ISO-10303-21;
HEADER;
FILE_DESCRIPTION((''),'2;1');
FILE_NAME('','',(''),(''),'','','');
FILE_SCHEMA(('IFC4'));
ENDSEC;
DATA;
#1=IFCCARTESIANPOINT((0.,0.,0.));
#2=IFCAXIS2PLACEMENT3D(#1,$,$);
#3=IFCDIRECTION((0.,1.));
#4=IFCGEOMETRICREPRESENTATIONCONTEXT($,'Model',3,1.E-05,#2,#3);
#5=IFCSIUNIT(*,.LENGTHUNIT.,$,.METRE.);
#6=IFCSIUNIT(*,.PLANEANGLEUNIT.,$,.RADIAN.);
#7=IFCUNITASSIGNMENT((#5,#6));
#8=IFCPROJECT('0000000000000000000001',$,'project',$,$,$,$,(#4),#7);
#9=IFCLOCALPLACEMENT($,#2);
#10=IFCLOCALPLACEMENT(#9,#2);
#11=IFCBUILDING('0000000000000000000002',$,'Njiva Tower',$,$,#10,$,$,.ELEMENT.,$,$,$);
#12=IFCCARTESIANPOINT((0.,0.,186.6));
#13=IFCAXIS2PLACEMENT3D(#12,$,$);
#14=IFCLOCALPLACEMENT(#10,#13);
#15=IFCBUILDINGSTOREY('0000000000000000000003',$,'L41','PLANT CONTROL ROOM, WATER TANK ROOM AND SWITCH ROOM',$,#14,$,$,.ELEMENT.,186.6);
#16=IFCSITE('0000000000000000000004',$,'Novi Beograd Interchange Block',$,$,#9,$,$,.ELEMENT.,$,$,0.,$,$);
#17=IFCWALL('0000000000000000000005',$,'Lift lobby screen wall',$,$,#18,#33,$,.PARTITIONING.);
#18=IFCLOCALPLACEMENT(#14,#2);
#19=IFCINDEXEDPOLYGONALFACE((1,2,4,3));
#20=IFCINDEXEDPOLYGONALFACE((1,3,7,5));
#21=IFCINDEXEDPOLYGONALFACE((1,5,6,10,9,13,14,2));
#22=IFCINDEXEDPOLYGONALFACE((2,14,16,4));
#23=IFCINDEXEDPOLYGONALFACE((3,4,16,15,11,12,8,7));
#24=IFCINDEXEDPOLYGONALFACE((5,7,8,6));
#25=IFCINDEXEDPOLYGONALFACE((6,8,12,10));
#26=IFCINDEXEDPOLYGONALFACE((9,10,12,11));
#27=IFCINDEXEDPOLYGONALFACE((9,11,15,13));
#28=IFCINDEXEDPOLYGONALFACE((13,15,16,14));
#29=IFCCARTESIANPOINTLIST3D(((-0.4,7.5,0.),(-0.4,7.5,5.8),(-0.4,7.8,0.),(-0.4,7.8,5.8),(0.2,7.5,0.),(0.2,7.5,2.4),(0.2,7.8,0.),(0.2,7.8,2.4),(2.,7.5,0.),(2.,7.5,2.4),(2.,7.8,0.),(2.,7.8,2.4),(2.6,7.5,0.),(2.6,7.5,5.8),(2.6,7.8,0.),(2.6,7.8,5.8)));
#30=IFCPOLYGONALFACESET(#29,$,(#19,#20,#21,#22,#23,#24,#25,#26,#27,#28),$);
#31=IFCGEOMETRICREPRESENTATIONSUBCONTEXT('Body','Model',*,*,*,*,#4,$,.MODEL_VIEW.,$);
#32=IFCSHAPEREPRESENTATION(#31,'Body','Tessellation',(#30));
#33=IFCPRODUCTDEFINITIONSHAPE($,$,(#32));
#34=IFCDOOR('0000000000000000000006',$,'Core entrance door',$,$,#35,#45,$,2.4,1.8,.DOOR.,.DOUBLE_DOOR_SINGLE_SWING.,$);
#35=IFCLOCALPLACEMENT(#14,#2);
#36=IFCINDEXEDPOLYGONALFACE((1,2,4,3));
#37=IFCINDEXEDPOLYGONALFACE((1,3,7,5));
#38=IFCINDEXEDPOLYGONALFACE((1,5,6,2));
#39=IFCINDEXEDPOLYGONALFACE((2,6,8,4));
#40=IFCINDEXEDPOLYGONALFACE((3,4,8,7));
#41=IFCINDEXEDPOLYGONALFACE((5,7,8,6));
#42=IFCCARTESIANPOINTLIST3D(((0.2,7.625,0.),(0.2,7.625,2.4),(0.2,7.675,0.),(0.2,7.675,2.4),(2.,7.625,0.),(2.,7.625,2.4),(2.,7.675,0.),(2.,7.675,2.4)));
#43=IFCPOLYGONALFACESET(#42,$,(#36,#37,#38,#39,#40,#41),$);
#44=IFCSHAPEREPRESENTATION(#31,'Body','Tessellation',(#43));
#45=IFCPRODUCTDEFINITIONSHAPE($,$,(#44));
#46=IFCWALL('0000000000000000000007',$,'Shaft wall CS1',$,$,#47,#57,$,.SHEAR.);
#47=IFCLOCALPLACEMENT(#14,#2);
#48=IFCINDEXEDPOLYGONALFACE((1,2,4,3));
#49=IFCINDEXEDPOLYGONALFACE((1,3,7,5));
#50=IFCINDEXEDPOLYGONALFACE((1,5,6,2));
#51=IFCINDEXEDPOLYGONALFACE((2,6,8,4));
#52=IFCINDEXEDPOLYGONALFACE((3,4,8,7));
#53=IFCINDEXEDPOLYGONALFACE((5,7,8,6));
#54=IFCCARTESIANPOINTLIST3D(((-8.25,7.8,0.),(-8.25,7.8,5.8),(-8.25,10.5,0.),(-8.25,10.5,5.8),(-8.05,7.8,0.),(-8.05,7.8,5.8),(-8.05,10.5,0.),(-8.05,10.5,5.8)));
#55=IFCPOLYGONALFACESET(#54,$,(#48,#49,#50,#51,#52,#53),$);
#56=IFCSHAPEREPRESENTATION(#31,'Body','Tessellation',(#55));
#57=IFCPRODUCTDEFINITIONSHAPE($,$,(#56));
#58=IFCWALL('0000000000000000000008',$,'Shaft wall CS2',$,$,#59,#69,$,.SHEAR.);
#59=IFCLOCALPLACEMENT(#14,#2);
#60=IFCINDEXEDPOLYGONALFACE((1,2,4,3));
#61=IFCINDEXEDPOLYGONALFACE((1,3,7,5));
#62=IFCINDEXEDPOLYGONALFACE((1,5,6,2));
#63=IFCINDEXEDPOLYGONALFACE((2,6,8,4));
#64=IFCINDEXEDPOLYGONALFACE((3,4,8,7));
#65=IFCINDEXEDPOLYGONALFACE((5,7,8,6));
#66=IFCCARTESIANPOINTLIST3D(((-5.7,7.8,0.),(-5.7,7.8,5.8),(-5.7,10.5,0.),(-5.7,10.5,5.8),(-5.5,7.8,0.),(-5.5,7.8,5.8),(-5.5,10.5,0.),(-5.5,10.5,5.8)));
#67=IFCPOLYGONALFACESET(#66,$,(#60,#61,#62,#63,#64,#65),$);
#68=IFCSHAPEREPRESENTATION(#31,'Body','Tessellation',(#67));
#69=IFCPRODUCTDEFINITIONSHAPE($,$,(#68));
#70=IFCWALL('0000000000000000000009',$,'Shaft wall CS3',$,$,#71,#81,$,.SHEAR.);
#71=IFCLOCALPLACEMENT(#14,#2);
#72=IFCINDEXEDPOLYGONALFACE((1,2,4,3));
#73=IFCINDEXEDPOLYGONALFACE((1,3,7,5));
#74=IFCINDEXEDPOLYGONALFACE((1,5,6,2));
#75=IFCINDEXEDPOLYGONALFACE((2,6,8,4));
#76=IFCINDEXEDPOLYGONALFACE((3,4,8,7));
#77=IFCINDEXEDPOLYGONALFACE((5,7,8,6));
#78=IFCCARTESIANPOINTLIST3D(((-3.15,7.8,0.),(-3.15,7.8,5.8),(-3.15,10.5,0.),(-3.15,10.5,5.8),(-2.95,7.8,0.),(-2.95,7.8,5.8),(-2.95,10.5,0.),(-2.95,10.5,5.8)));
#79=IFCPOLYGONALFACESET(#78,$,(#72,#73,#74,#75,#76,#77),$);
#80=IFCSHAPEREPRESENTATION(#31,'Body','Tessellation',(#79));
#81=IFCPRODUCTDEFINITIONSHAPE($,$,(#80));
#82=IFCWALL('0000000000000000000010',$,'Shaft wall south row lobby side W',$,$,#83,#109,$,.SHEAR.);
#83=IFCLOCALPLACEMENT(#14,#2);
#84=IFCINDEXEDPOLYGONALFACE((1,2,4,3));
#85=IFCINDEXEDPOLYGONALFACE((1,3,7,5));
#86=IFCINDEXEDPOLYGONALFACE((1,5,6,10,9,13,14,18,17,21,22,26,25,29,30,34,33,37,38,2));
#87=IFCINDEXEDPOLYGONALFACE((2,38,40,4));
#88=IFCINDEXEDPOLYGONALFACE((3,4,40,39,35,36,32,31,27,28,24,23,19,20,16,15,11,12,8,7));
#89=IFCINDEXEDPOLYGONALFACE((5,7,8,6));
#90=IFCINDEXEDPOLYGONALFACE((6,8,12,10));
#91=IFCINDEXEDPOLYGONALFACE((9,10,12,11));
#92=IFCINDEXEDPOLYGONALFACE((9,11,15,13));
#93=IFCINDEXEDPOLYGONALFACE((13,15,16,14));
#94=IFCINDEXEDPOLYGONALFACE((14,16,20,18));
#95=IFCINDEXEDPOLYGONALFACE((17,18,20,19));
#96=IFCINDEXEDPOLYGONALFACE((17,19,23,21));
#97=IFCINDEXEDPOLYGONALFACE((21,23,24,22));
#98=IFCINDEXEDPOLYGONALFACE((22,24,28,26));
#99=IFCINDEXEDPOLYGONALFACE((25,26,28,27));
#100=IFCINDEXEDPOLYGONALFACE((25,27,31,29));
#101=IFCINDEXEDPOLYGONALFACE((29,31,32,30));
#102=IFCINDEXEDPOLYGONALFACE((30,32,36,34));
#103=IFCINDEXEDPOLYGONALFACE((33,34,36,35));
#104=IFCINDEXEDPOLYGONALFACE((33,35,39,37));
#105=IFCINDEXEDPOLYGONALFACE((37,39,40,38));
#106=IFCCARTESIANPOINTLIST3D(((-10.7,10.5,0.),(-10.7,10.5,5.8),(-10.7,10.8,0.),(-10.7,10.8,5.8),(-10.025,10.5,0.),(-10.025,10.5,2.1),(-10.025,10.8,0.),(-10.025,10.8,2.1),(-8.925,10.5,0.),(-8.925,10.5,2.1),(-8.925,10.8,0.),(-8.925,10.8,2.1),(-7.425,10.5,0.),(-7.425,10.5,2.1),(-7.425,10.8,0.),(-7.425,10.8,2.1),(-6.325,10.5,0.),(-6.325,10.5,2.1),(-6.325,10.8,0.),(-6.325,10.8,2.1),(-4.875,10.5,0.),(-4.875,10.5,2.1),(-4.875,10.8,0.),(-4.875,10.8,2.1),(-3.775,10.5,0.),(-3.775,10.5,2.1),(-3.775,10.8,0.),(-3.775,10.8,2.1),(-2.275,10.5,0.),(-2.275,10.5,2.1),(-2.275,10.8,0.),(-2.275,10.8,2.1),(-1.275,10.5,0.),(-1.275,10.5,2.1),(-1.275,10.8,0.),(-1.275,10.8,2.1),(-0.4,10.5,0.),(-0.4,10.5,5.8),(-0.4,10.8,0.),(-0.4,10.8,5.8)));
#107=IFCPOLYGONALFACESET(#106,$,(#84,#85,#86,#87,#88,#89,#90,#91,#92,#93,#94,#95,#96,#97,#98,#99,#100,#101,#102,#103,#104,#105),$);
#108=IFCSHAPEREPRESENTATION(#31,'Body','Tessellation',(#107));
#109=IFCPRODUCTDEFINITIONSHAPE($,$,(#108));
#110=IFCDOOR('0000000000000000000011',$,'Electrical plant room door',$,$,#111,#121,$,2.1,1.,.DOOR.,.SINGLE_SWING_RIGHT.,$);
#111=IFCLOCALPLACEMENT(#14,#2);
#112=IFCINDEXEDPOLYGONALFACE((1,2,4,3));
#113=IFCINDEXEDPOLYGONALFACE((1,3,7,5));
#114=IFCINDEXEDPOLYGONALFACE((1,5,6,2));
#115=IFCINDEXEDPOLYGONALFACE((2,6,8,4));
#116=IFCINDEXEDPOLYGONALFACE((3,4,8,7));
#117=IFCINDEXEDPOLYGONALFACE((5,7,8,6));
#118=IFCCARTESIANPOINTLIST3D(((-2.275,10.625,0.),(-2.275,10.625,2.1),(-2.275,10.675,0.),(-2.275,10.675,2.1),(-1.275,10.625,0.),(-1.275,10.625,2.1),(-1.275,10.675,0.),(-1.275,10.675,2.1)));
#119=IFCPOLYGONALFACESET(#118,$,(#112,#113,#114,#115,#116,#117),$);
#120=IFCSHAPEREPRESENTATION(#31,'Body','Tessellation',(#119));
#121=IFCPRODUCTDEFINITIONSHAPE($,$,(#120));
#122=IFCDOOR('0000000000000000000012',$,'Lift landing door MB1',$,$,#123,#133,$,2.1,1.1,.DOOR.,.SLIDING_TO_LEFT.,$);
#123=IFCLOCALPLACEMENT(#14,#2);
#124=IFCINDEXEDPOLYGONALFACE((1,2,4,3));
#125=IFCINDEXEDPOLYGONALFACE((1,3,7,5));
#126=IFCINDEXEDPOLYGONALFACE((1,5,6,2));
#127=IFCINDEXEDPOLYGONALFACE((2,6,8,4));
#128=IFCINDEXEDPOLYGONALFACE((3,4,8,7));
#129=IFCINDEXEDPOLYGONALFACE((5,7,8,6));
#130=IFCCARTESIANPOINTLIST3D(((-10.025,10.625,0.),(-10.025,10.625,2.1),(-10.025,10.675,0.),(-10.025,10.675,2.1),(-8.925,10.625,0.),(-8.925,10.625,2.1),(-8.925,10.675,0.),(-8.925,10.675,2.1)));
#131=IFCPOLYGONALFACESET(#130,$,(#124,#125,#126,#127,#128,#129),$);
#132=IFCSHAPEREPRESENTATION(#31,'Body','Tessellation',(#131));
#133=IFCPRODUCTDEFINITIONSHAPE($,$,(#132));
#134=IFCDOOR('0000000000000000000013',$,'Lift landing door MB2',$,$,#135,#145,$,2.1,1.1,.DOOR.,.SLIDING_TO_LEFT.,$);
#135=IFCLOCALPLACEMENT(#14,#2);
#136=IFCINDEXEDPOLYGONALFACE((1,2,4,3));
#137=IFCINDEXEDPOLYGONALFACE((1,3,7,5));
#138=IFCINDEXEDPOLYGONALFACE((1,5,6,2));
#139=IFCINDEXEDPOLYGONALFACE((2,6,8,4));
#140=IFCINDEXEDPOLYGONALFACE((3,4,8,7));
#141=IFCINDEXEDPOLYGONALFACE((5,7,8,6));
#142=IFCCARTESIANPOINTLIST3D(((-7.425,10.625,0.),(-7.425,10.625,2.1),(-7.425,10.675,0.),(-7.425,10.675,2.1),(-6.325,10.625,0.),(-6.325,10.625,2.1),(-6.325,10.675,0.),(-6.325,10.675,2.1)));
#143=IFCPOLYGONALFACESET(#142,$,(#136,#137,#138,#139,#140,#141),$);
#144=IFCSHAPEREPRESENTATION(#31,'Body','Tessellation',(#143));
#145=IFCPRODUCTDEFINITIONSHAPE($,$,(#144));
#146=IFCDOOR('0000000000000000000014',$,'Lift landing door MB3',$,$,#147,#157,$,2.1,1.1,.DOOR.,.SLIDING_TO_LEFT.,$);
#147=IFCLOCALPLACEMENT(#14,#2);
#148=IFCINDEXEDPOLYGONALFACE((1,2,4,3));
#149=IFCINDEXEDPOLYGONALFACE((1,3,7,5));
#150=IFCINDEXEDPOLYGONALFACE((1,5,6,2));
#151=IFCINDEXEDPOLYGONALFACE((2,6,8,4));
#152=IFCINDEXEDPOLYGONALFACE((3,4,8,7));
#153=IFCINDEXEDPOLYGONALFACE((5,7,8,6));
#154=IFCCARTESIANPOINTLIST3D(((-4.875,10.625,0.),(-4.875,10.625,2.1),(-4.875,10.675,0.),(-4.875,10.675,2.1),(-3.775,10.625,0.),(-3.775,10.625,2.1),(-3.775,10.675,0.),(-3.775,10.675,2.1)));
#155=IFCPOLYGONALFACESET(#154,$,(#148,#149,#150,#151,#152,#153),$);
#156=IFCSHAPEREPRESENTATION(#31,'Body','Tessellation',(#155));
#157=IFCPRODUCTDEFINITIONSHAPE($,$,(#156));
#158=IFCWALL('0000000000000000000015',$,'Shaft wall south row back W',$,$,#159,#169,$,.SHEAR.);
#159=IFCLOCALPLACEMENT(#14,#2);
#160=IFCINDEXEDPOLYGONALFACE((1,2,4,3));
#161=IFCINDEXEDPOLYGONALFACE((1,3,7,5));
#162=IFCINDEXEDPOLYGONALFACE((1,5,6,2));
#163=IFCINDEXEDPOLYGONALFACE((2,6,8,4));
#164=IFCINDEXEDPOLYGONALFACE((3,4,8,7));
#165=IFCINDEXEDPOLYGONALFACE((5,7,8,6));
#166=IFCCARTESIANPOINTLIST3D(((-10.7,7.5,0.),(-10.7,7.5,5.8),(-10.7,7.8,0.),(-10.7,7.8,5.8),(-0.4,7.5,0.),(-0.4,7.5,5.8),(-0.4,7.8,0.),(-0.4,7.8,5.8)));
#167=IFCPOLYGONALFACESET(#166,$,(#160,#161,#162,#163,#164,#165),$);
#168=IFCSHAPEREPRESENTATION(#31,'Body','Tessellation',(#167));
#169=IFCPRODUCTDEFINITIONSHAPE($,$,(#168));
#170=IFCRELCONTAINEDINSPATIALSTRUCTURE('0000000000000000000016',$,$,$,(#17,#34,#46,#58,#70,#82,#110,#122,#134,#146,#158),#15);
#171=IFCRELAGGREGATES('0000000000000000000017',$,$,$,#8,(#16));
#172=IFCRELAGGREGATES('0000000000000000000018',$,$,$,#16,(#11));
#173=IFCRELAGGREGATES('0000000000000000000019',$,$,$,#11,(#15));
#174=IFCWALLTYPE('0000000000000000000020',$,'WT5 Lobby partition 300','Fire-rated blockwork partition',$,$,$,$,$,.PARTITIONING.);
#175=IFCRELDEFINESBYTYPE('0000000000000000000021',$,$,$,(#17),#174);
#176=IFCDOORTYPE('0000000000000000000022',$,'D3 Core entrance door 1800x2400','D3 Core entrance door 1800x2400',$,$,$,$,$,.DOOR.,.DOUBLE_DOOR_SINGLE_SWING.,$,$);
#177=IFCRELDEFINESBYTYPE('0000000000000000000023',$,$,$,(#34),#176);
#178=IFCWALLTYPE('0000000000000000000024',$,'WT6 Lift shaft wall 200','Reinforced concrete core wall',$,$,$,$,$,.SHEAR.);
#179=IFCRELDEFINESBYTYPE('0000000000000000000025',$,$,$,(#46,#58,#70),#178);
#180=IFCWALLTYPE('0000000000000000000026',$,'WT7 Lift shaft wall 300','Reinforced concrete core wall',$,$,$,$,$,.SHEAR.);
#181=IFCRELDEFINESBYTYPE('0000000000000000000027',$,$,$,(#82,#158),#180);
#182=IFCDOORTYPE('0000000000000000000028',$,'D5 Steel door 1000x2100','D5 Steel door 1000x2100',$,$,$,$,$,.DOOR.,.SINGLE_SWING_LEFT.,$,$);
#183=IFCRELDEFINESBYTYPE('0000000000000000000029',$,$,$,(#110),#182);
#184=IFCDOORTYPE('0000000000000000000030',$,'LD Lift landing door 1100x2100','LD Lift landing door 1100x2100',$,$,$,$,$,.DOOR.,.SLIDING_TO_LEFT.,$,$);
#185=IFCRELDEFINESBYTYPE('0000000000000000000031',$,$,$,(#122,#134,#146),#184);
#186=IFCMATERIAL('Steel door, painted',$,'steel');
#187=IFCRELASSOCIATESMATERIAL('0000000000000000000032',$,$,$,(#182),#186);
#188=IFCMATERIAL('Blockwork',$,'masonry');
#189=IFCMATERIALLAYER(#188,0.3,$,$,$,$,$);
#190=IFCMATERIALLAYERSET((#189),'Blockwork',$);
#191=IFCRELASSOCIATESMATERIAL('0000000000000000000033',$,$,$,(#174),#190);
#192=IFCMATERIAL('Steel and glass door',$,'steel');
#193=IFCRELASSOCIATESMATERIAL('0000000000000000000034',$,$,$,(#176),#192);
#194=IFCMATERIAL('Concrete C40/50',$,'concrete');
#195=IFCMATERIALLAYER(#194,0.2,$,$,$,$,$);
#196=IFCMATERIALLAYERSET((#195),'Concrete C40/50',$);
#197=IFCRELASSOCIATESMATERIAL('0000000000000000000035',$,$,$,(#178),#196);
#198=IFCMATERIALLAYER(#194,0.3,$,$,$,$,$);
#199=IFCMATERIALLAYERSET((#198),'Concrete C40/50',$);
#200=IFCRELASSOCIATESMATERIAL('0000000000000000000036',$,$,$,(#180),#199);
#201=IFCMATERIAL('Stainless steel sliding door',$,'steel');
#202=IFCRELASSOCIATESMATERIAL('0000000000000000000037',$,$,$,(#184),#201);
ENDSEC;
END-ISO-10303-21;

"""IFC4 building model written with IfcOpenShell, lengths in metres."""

from ifc_helpers import new_model, si_unit, direction, frame, frame_2d, origin, place, context, subcontext, project, spatial, rectangle, extrude, material, layer, layer_set, type_object, element, fill, save


model = new_model("IFC4")

# Units and contexts
model_context = context("Model", 3, precision=1e-05, world=origin(), true_north=direction((0.0, 1.0)))
body_context = subcontext(model_context, "Body", "Model", "MODEL_VIEW")
ifc_project = project(units=[si_unit("LENGTHUNIT", "METRE"), si_unit("PLANEANGLEUNIT", "RADIAN")], contexts=[model_context])

# Site, building, storey
site_placement = place(None, origin())
site = spatial("IfcSite", under=ifc_project, at=site_placement, Name="Novi Beograd Interchange Block", CompositionType="ELEMENT", RefElevation=0.0)
building_placement = place(site_placement, origin())
building = spatial("IfcBuilding", under=site, at=building_placement, Name="Njiva Tower", CompositionType="ELEMENT")
storey_placement = place(building_placement, frame((0.0, 0.0, 186.6)))
storey = spatial("IfcBuildingStorey", under=building, at=storey_placement, Name="L41", Description="PLANT CONTROL ROOM, WATER TANK ROOM AND SWITCH ROOM", CompositionType="ELEMENT", Elevation=186.6)

# Shared definitions
ifc_material_1 = material(Name="Blockwork", Category="masonry")

# Shared definitions
ifc_material_2 = material(Name="Concrete C40/50", Category="concrete")
ifc_material_3 = material(Name="Steel door, painted", Category="steel")
door_type_1 = type_object("IfcDoorType", Name="D5 Steel door 1000x2100", Description="D5 Steel door 1000x2100", OperationType="SINGLE_SWING_LEFT", PredefinedType="DOOR", material=ifc_material_3)

# Wall, opening, door
ifc_layer_1 = layer(ifc_material_1, 0.3)
ifc_layer_set_1 = layer_set([ifc_layer_1], Name="Blockwork")
wall_type_1 = type_object("IfcWallType", Name="WT5 Lobby partition 300", Description="Fire-rated blockwork partition", PredefinedType="PARTITIONING", material=ifc_layer_set_1)
wall_1_placement = place(storey_placement, frame((-0.4, 7.65, 0.0), z_axis=(0.0, 0.0, 1.0), x_axis=(1.0, 0.0, 0.0)))
wall_1 = element("IfcWall", 1, at=wall_1_placement, inside=storey, type_object=wall_type_1, Name="Lift lobby screen wall", PredefinedType="PARTITIONING", context=body_context, shape_type="SweptSolid", body=[
    extrude(rectangle(XDim=3.0, YDim=0.3, at=frame_2d((1.5, 0.0))), origin(), (0.0, 0.0, 1.0), 5.8),
])
opening_1_placement = place(wall_1_placement, frame((0.6, 0.0, 0.0)))
opening_1 = element("IfcOpeningElement", 2, at=opening_1_placement, cuts=wall_1, PredefinedType="OPENING", context=body_context, shape_type="SweptSolid", body=[
    extrude(rectangle(XDim=1.8, YDim=2.4, at=frame_2d((0.9, 1.2))), frame((0.0, 0.16, 0.0), z_axis=(0.0, -1.0, 0.0), x_axis=(1.0, 0.0, 0.0)), (0.0, 0.0, 1.0), 0.32),
])
ifc_material_4 = material(Name="Steel and glass door", Category="steel")
door_type_2 = type_object("IfcDoorType", Name="D3 Core entrance door 1800x2400", Description="D3 Core entrance door 1800x2400", OperationType="DOUBLE_DOOR_SINGLE_SWING", PredefinedType="DOOR", material=ifc_material_4)
door_1_placement = place(opening_1_placement, origin())
door_1 = element("IfcDoor", 3, at=door_1_placement, inside=storey, type_object=door_type_2, Name="Core entrance door", OperationType="DOUBLE_DOOR_SINGLE_SWING", OverallHeight=2.4, OverallWidth=1.8, PredefinedType="DOOR", context=body_context, shape_type="SweptSolid", body=[
    extrude(rectangle(XDim=1.8, YDim=2.4, at=frame_2d((0.9, 1.2))), frame((0.0, 0.025, 0.0), z_axis=(0.0, -1.0, 0.0), x_axis=(1.0, 0.0, 0.0)), (0.0, 0.0, 1.0), 0.05),
])
fill(opening_1, door_1)

# Walls
ifc_layer_2 = layer(ifc_material_2, 0.2)
ifc_layer_set_2 = layer_set([ifc_layer_2], Name="Concrete C40/50")
wall_type_2 = type_object("IfcWallType", Name="WT6 Lift shaft wall 200", Description="Reinforced concrete core wall", PredefinedType="SHEAR", material=ifc_layer_set_2)
for number, where, z_axis, x_axis, name in (
    (4, (-8.15, 7.8, 0.0), (0.0, 0.0, 1.0), (0.0, 1.0, 0.0), "Shaft wall CS1"),
    (5, (-5.6, 7.8, 0.0), (0.0, 0.0, 1.0), (0.0, 1.0, 0.0), "Shaft wall CS2"),
    (6, (-3.05, 7.8, 0.0), (0.0, 0.0, 1.0), (0.0, 1.0, 0.0), "Shaft wall CS3"),
):
    element("IfcWall", number, at=place(storey_placement, frame(where, z_axis=z_axis, x_axis=x_axis)), inside=storey, type_object=wall_type_2, Name=name, PredefinedType="SHEAR", context=body_context, shape_type="SweptSolid", body=[
        extrude(rectangle(XDim=2.7, YDim=0.2, at=frame_2d((1.35, 0.0))), origin(), (0.0, 0.0, 1.0), 5.8),
    ])

# Wall, openings, doors
ifc_layer_3 = layer(ifc_material_2, 0.3)
ifc_layer_set_3 = layer_set([ifc_layer_3], Name="Concrete C40/50")
wall_type_3 = type_object("IfcWallType", Name="WT7 Lift shaft wall 300", Description="Reinforced concrete core wall", PredefinedType="SHEAR", material=ifc_layer_set_3)
wall_2_placement = place(storey_placement, frame((-10.7, 10.65, 0.0), z_axis=(0.0, 0.0, 1.0), x_axis=(1.0, 0.0, 0.0)))
wall_2 = element("IfcWall", 7, at=wall_2_placement, inside=storey, type_object=wall_type_3, Name="Shaft wall south row lobby side W", PredefinedType="SHEAR", context=body_context, shape_type="SweptSolid", body=[
    extrude(rectangle(XDim=10.3, YDim=0.3, at=frame_2d((5.15, 0.0))), origin(), (0.0, 0.0, 1.0), 5.8),
])
opening_2_placement = place(wall_2_placement, frame((0.675, 0.0, 0.0)))
opening_2 = element("IfcOpeningElement", 8, at=opening_2_placement, cuts=wall_2, PredefinedType="OPENING", context=body_context, shape_type="SweptSolid", body=[
    extrude(rectangle(XDim=1.1, YDim=2.1, at=frame_2d((0.55, 1.05))), frame((0.0, 0.16, 0.0), z_axis=(0.0, -1.0, 0.0), x_axis=(1.0, 0.0, 0.0)), (0.0, 0.0, 1.0), 0.32),
])
opening_3_placement = place(wall_2_placement, frame((3.275, 0.0, 0.0)))
opening_3 = element("IfcOpeningElement", 9, at=opening_3_placement, cuts=wall_2, PredefinedType="OPENING", context=body_context, shape_type="SweptSolid", body=[
    extrude(rectangle(XDim=1.1, YDim=2.1, at=frame_2d((0.55, 1.05))), frame((0.0, 0.16, 0.0), z_axis=(0.0, -1.0, 0.0), x_axis=(1.0, 0.0, 0.0)), (0.0, 0.0, 1.0), 0.32),
])
opening_4_placement = place(wall_2_placement, frame((5.825, 0.0, 0.0)))
opening_4 = element("IfcOpeningElement", 10, at=opening_4_placement, cuts=wall_2, PredefinedType="OPENING", context=body_context, shape_type="SweptSolid", body=[
    extrude(rectangle(XDim=1.1, YDim=2.1, at=frame_2d((0.55, 1.05))), frame((0.0, 0.16, 0.0), z_axis=(0.0, -1.0, 0.0), x_axis=(1.0, 0.0, 0.0)), (0.0, 0.0, 1.0), 0.32),
])
opening_5_placement = place(wall_2_placement, frame((8.425, 0.0, 0.0)))
opening_5 = element("IfcOpeningElement", 11, at=opening_5_placement, cuts=wall_2, PredefinedType="OPENING", context=body_context, shape_type="SweptSolid", body=[
    extrude(rectangle(XDim=1.0, YDim=2.1, at=frame_2d((0.5, 1.05))), frame((0.0, 0.16, 0.0), z_axis=(0.0, -1.0, 0.0), x_axis=(1.0, 0.0, 0.0)), (0.0, 0.0, 1.0), 0.32),
])
door_2_placement = place(opening_5_placement, origin())
door_2 = element("IfcDoor", 12, at=door_2_placement, inside=storey, type_object=door_type_1, Name="Electrical plant room door", OperationType="SINGLE_SWING_RIGHT", OverallHeight=2.1, OverallWidth=1.0, PredefinedType="DOOR", context=body_context, shape_type="SweptSolid", body=[
    extrude(rectangle(XDim=1.0, YDim=2.1, at=frame_2d((0.5, 1.05))), frame((0.0, 0.025, 0.0), z_axis=(0.0, -1.0, 0.0), x_axis=(1.0, 0.0, 0.0)), (0.0, 0.0, 1.0), 0.05),
])
fill(opening_5, door_2)
ifc_material_5 = material(Name="Stainless steel sliding door", Category="steel")
door_type_3 = type_object("IfcDoorType", Name="LD Lift landing door 1100x2100", Description="LD Lift landing door 1100x2100", OperationType="SLIDING_TO_LEFT", PredefinedType="DOOR", material=ifc_material_5)
door_3_placement = place(opening_2_placement, origin())
door_3 = element("IfcDoor", 13, at=door_3_placement, inside=storey, type_object=door_type_3, Name="Lift landing door MB1", OperationType="SLIDING_TO_LEFT", OverallHeight=2.1, OverallWidth=1.1, PredefinedType="DOOR", context=body_context, shape_type="SweptSolid", body=[
    extrude(rectangle(XDim=1.1, YDim=2.1, at=frame_2d((0.55, 1.05))), frame((0.0, 0.025, 0.0), z_axis=(0.0, -1.0, 0.0), x_axis=(1.0, 0.0, 0.0)), (0.0, 0.0, 1.0), 0.05),
])
fill(opening_2, door_3)
door_4_placement = place(opening_3_placement, origin())
door_4 = element("IfcDoor", 14, at=door_4_placement, inside=storey, type_object=door_type_3, Name="Lift landing door MB2", OperationType="SLIDING_TO_LEFT", OverallHeight=2.1, OverallWidth=1.1, PredefinedType="DOOR", context=body_context, shape_type="SweptSolid", body=[
    extrude(rectangle(XDim=1.1, YDim=2.1, at=frame_2d((0.55, 1.05))), frame((0.0, 0.025, 0.0), z_axis=(0.0, -1.0, 0.0), x_axis=(1.0, 0.0, 0.0)), (0.0, 0.0, 1.0), 0.05),
])
fill(opening_3, door_4)
door_5_placement = place(opening_4_placement, origin())
door_5 = element("IfcDoor", 15, at=door_5_placement, inside=storey, type_object=door_type_3, Name="Lift landing door MB3", OperationType="SLIDING_TO_LEFT", OverallHeight=2.1, OverallWidth=1.1, PredefinedType="DOOR", context=body_context, shape_type="SweptSolid", body=[
    extrude(rectangle(XDim=1.1, YDim=2.1, at=frame_2d((0.55, 1.05))), frame((0.0, 0.025, 0.0), z_axis=(0.0, -1.0, 0.0), x_axis=(1.0, 0.0, 0.0)), (0.0, 0.0, 1.0), 0.05),
])
fill(opening_4, door_5)

# Wall
wall_3_placement = place(storey_placement, frame((-10.7, 7.65, 0.0), z_axis=(0.0, 0.0, 1.0), x_axis=(1.0, 0.0, 0.0)))
element("IfcWall", 16, at=wall_3_placement, inside=storey, type_object=wall_type_3, Name="Shaft wall south row back W", PredefinedType="SHEAR", context=body_context, shape_type="SweptSolid", body=[
    extrude(rectangle(XDim=10.3, YDim=0.3, at=frame_2d((5.15, 0.0))), origin(), (0.0, 0.0, 1.0), 5.8),
])

save(model, "model.ifc")
